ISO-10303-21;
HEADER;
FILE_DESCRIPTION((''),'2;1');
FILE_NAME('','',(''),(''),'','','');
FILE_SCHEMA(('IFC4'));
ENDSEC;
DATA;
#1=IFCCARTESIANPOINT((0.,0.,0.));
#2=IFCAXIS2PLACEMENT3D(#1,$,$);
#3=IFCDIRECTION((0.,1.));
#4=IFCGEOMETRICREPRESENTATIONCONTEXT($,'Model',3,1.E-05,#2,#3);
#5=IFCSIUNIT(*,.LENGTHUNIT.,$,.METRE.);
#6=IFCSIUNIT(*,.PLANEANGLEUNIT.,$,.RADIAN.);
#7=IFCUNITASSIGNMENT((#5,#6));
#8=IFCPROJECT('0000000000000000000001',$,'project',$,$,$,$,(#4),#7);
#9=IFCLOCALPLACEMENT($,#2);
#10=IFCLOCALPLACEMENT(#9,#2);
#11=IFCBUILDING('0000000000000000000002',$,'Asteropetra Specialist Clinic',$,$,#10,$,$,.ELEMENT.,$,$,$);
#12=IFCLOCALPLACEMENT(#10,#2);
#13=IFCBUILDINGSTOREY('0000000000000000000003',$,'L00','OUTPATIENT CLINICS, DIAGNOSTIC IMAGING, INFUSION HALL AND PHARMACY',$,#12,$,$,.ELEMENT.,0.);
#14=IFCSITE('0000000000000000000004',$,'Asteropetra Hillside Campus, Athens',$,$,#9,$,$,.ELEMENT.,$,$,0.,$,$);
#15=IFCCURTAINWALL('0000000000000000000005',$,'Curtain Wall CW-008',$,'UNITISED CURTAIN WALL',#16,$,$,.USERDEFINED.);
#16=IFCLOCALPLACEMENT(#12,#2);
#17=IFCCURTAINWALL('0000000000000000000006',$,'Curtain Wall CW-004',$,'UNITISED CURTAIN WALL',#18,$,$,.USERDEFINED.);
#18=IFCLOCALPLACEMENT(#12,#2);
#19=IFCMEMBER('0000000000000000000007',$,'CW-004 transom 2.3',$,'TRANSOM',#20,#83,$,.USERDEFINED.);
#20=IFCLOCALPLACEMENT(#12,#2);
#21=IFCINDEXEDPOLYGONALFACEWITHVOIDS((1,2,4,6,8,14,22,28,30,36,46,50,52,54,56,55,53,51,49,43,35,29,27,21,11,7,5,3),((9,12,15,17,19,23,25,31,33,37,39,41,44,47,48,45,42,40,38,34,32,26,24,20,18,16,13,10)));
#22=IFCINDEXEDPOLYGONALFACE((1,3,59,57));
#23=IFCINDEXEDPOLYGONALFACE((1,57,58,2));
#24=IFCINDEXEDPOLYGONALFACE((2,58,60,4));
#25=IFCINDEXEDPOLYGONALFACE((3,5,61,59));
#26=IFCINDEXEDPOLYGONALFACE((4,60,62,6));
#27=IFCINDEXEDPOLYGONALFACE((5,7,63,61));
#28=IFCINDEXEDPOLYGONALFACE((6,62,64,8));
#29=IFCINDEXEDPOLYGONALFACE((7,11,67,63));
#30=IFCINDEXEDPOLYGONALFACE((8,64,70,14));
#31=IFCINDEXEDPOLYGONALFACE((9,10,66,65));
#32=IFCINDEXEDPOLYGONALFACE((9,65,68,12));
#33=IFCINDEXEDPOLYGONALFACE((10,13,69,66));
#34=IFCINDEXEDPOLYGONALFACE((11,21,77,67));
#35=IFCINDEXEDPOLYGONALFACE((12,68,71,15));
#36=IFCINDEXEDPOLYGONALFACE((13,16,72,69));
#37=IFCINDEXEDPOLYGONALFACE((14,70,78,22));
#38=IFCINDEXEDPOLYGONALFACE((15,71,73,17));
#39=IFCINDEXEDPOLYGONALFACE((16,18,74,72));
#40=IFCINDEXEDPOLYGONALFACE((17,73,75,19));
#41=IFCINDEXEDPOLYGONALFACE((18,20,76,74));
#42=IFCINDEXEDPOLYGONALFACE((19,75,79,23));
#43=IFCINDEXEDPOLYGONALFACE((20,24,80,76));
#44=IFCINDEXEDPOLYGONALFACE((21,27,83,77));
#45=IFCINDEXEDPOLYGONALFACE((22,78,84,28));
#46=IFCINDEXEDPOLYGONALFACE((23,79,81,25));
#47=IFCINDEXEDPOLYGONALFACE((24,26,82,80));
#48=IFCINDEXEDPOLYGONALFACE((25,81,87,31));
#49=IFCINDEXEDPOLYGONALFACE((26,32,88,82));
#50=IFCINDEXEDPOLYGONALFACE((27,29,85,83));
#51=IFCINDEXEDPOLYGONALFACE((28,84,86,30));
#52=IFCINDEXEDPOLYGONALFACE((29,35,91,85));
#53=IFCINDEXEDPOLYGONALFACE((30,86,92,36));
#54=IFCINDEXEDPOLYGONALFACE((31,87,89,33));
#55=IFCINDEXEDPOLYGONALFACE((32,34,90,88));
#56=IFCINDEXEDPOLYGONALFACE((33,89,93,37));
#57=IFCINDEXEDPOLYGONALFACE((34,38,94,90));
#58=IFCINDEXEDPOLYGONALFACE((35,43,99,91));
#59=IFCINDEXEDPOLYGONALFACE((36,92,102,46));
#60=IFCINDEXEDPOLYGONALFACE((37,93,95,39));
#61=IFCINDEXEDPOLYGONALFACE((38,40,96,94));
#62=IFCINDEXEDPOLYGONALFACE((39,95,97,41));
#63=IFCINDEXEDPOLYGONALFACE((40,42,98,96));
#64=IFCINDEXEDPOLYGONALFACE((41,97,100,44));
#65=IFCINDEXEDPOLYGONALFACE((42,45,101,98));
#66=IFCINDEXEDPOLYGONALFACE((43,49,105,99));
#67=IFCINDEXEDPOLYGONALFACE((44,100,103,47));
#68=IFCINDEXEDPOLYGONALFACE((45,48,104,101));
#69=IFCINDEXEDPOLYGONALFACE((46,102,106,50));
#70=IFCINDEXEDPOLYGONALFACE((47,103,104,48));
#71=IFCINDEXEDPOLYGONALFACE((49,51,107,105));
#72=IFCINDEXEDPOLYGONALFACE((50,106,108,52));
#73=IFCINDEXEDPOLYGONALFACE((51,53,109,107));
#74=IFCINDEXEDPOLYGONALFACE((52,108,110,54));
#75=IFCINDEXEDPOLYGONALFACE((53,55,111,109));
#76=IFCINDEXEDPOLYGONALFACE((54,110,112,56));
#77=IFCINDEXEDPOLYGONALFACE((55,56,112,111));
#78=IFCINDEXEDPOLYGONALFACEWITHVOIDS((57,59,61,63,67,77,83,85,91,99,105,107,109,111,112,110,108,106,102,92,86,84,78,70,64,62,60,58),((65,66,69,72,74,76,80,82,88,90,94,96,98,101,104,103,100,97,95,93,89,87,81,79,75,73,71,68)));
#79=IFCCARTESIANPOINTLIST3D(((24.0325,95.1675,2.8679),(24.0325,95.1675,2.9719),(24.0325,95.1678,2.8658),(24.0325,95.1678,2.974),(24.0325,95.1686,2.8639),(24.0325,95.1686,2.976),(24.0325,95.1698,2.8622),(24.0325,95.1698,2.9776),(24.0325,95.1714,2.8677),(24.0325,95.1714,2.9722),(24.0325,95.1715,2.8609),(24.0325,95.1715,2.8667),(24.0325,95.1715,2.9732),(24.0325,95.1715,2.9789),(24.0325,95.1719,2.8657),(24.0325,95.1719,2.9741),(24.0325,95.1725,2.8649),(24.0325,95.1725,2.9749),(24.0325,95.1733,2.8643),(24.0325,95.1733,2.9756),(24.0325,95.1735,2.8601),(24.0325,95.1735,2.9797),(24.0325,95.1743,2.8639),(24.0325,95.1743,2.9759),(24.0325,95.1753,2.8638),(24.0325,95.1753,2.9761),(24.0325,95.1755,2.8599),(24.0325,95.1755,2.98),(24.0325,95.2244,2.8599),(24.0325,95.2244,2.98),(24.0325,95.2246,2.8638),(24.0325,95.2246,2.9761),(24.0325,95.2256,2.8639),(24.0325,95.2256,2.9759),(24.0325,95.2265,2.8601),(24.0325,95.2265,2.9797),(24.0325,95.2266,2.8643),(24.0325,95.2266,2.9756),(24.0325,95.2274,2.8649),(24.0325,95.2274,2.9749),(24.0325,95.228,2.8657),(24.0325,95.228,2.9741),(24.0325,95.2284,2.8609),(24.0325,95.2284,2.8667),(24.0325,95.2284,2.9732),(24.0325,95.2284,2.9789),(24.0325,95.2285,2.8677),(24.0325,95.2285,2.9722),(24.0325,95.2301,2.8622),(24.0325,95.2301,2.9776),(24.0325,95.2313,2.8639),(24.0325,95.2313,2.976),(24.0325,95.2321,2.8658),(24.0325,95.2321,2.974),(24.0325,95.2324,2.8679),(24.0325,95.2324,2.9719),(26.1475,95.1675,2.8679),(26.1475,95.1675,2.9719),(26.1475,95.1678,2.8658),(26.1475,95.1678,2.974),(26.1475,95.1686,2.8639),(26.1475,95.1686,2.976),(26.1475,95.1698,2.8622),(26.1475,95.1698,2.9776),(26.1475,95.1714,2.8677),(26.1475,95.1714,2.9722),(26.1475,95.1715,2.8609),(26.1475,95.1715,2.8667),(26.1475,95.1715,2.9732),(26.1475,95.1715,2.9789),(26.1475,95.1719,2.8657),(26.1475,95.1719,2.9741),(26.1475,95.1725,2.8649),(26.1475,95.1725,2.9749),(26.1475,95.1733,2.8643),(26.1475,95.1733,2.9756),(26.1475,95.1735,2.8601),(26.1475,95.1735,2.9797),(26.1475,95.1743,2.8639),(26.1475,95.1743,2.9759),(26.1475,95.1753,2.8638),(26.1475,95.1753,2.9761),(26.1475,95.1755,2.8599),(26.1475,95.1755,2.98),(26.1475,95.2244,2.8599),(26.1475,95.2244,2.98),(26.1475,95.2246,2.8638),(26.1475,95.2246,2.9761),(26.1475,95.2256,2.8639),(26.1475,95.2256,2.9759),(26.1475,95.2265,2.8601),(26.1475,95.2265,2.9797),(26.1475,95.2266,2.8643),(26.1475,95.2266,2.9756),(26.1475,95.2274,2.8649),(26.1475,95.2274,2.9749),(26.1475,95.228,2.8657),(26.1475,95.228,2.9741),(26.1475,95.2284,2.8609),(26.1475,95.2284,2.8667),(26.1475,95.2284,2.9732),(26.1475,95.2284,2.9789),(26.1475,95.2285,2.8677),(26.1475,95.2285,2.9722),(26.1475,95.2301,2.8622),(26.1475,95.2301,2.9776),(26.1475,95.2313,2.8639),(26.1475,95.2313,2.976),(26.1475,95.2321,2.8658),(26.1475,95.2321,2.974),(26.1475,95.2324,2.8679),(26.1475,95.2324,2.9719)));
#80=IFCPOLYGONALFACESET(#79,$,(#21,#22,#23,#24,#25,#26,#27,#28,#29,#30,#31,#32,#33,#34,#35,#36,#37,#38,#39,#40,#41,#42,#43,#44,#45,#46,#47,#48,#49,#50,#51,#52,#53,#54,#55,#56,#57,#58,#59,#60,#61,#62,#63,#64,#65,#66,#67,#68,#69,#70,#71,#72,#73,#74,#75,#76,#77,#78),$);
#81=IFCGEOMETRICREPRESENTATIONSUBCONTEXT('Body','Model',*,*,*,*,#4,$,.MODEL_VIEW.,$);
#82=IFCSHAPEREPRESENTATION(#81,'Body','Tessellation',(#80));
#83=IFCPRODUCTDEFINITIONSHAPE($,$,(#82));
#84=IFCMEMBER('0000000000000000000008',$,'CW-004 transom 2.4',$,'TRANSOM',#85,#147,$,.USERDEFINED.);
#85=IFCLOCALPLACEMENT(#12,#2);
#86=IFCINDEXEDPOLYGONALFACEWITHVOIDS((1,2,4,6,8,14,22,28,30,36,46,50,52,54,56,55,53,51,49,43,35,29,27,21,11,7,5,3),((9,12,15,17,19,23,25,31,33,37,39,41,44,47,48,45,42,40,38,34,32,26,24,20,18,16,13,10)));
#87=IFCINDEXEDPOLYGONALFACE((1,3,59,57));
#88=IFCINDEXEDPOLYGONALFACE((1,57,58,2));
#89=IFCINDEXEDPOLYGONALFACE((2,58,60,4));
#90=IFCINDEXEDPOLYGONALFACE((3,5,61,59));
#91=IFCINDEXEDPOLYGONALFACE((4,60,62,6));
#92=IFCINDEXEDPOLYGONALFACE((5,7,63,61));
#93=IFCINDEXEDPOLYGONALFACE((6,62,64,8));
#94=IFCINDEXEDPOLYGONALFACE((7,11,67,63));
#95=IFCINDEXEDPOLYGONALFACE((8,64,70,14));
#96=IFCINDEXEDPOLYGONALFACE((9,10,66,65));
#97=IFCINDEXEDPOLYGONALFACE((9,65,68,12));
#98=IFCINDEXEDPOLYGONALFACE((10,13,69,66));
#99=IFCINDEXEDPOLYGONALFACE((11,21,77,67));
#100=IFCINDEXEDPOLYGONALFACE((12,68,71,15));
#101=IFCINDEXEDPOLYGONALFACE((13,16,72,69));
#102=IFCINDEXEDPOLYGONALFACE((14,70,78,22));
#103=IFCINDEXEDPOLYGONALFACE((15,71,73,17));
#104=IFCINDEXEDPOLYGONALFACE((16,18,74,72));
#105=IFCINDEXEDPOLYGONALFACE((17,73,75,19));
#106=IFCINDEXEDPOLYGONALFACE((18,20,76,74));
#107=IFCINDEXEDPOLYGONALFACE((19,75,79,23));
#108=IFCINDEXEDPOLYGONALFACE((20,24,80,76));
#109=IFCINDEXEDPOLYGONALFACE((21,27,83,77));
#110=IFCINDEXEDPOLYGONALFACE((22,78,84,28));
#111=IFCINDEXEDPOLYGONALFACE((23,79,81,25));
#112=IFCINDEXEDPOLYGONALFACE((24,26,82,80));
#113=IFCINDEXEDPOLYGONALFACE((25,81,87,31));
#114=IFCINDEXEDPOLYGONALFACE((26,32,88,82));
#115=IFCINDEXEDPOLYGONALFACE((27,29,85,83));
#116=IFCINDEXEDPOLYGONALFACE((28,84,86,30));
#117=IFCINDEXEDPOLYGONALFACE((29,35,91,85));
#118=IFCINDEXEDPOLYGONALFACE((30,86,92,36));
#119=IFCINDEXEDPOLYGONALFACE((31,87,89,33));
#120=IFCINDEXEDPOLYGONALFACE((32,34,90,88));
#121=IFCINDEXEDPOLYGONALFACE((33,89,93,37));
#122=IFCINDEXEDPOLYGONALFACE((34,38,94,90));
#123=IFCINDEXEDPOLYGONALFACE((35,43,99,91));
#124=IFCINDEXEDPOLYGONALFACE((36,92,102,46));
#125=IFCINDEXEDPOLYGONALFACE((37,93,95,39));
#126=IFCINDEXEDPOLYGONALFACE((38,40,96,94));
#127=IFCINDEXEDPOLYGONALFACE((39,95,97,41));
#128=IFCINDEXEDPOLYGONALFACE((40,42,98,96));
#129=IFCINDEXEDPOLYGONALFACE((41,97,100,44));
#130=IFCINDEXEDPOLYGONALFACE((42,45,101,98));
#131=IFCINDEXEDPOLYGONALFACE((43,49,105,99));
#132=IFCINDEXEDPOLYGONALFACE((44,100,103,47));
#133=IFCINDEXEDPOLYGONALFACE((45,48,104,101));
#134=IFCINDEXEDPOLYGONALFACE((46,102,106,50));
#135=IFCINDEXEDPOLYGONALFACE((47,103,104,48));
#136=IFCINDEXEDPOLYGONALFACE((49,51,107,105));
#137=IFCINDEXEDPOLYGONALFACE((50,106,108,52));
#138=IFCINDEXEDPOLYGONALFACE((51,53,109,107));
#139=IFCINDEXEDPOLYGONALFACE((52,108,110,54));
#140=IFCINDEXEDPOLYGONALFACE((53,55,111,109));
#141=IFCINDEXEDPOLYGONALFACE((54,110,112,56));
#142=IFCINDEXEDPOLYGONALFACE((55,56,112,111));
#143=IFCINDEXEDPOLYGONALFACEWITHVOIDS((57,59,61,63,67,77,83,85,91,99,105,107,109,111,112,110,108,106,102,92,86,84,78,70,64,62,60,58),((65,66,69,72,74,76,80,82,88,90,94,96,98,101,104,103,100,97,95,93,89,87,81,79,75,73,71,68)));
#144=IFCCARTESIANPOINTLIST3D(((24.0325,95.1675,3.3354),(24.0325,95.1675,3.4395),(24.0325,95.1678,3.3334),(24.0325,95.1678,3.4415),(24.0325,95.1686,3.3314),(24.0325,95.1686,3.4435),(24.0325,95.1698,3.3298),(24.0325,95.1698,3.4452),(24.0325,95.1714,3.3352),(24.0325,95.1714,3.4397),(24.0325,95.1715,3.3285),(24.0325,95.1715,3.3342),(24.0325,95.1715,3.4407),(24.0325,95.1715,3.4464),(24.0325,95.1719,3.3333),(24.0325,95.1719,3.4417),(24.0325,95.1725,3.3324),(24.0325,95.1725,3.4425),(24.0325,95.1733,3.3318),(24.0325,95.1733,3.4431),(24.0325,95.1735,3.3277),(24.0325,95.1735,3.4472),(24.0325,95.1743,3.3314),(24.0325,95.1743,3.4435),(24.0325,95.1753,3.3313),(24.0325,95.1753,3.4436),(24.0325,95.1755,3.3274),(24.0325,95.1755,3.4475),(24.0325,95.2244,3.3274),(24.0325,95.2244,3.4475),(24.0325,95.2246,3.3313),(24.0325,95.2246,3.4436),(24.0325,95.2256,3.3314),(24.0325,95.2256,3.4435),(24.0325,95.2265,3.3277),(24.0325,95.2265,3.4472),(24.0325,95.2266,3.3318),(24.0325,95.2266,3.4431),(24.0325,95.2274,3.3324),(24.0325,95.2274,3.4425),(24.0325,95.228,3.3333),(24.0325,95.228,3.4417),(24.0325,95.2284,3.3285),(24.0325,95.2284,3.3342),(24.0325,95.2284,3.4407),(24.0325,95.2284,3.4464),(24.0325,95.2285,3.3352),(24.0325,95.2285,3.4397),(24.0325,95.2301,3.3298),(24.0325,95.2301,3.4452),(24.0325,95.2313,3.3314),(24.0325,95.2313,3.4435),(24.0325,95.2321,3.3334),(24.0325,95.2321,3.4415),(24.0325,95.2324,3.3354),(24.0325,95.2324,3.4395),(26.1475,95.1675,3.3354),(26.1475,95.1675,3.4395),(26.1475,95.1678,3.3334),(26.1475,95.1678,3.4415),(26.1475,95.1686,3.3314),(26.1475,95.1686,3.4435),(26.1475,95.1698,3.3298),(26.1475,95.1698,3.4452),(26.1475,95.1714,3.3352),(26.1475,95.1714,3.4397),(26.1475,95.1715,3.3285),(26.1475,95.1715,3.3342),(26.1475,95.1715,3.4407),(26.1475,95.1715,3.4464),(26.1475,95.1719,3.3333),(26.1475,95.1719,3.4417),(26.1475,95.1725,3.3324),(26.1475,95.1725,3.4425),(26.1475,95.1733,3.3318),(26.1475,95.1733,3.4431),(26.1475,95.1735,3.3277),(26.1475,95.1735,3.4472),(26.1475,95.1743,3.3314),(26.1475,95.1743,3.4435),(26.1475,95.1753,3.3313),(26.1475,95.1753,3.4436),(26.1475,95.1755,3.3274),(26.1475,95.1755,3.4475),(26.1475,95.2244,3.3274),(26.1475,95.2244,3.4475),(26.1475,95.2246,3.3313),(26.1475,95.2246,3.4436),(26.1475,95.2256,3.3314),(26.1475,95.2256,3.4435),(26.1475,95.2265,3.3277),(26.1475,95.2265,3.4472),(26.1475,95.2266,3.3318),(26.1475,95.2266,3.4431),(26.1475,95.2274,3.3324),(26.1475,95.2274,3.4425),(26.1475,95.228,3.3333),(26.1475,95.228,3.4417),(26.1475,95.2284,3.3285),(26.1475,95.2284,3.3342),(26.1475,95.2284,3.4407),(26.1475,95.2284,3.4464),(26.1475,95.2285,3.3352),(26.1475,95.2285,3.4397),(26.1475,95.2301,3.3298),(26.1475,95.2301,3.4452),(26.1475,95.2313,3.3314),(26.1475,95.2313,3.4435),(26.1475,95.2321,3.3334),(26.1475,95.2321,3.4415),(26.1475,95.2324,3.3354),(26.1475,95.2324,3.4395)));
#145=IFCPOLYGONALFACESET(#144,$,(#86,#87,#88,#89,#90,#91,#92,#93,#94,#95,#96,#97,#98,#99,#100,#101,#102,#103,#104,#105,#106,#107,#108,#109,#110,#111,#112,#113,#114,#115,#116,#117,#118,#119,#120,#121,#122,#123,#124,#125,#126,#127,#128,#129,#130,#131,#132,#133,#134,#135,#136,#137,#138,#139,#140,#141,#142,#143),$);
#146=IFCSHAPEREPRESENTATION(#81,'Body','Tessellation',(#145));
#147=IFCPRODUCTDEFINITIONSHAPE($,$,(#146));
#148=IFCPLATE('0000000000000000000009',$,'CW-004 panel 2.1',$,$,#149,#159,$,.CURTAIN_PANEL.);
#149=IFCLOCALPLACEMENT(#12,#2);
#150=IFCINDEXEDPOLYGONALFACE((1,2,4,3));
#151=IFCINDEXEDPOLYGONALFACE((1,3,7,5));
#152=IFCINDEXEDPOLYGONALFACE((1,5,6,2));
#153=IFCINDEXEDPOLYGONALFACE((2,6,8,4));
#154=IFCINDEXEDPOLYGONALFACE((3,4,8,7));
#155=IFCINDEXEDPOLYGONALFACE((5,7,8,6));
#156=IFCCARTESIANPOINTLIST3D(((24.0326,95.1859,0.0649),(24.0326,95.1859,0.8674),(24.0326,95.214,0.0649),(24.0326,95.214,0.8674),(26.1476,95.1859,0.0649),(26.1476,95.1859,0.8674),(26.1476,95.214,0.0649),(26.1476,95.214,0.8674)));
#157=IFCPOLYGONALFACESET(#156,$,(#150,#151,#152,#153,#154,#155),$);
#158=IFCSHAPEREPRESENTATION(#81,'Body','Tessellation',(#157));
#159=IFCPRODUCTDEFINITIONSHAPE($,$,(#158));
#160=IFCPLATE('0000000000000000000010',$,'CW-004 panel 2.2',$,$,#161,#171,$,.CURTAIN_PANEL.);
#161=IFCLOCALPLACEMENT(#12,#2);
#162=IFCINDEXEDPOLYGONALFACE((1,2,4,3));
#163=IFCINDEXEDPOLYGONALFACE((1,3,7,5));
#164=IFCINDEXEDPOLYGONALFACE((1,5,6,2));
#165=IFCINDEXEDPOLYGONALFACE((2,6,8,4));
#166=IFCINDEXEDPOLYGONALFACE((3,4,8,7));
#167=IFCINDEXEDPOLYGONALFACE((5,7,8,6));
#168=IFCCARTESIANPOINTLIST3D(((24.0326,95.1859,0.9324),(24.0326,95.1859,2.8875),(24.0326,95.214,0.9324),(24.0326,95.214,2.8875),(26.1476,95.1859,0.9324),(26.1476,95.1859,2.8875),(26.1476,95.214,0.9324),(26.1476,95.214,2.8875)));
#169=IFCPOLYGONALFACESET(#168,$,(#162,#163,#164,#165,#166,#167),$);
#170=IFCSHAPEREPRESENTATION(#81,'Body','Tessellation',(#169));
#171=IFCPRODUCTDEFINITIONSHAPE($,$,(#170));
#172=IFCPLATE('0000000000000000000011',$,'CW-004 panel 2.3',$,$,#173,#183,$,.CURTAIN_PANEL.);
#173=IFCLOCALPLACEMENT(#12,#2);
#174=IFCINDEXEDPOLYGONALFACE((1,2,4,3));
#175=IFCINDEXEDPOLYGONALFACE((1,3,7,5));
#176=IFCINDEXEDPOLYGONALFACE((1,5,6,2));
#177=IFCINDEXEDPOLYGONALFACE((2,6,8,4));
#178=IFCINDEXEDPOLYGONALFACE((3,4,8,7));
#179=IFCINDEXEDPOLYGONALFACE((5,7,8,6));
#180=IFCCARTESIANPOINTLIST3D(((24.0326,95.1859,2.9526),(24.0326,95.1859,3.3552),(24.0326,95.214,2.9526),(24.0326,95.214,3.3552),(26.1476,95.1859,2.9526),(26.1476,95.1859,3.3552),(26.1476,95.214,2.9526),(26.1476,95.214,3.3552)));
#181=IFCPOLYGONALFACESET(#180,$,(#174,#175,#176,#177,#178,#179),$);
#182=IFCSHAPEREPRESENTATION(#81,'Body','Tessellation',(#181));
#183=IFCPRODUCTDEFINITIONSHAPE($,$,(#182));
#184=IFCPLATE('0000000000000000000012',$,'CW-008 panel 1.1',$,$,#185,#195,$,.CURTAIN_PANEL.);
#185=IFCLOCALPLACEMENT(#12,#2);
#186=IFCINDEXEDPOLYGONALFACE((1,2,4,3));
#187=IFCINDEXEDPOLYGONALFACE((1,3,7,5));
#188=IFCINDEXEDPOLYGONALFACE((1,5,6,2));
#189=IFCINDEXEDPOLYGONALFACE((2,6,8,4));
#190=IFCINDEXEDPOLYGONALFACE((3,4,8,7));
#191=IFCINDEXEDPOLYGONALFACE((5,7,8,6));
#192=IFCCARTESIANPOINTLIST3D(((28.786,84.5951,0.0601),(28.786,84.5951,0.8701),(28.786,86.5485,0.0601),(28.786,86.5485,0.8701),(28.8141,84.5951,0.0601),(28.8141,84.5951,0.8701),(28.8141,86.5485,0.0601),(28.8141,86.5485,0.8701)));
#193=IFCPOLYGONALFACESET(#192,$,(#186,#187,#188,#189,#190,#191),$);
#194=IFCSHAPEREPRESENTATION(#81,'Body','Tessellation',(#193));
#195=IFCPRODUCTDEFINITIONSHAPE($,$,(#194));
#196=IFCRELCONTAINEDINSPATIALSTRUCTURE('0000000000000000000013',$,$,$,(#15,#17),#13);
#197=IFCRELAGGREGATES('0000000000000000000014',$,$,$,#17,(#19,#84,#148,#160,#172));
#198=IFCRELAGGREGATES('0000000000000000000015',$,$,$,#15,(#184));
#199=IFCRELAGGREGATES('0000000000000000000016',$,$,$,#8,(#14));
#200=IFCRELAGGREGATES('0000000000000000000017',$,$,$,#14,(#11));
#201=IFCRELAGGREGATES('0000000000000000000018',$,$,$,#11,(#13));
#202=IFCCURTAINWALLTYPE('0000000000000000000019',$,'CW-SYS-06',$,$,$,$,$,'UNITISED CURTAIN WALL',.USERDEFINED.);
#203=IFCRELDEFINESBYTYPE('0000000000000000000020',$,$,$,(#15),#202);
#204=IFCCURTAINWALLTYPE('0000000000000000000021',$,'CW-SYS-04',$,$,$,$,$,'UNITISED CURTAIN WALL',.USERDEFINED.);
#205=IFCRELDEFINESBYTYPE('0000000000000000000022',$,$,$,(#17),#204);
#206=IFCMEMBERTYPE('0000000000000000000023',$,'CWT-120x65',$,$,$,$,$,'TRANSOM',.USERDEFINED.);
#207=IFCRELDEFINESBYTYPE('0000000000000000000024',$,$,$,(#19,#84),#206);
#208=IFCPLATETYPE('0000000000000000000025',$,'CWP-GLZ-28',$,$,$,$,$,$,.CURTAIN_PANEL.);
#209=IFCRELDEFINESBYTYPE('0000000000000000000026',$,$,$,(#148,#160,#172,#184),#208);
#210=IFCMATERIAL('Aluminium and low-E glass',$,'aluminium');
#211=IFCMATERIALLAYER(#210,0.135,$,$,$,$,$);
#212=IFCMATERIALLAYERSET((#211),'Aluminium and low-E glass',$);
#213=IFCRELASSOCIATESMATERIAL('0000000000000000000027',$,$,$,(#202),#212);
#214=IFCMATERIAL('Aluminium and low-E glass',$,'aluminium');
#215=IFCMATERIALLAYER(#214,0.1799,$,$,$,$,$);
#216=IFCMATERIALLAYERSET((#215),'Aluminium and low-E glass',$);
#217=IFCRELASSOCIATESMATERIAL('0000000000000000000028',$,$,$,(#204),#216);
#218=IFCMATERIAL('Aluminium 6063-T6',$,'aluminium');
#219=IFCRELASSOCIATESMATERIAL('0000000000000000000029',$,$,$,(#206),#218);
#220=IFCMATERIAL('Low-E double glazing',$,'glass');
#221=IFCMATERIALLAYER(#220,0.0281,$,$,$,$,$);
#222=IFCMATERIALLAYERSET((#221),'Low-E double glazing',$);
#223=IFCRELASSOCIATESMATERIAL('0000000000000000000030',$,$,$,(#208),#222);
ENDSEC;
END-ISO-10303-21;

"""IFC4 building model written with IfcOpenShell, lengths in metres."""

from ifc_helpers import new_model, si_unit, direction, frame, origin, origin_2d, place, context, subcontext, project, spatial, rectangle, hollow_rectangle, extrude, material, layer, layer_set, material_profile, profile_set, type_object, element, aggregate, save


model = new_model("IFC4")

# Units and contexts
model_context = context("Model", 3, precision=1e-05, world=origin(), true_north=direction((0.0, 1.0)))
body_context = subcontext(model_context, "Body", "Model", "MODEL_VIEW")
ifc_project = project(units=[si_unit("LENGTHUNIT", "METRE"), si_unit("PLANEANGLEUNIT", "RADIAN")], contexts=[model_context])

# Site, building, storey
site_placement = place(None, origin())
site = spatial("IfcSite", under=ifc_project, at=site_placement, Name="Asteropetra Hillside Campus, Athens", CompositionType="ELEMENT", RefElevation=0.0)
building_placement = place(site_placement, origin())
building = spatial("IfcBuilding", under=site, at=building_placement, Name="Asteropetra Specialist Clinic", CompositionType="ELEMENT")
storey_placement = place(building_placement, origin())
storey = spatial("IfcBuildingStorey", under=building, at=storey_placement, Name="L00", Description="OUTPATIENT CLINICS, DIAGNOSTIC IMAGING, INFUSION HALL AND PHARMACY", CompositionType="ELEMENT", Elevation=0.0)

# Curtain wall
ifc_material_1 = material(Name="Aluminium and low-E glass", Category="aluminium")
ifc_layer_1 = layer(ifc_material_1, 0.135)
ifc_layer_set_1 = layer_set([ifc_layer_1], Name="Aluminium and low-E glass")
curtain_wall_type_1 = type_object("IfcCurtainWallType", Name="CW-SYS-06", ElementType="UNITISED CURTAIN WALL", PredefinedType="USERDEFINED", material=ifc_layer_set_1)
curtain_wall_1_placement = place(storey_placement, origin())
curtain_wall_1 = element("IfcCurtainWall", 1, at=curtain_wall_1_placement, inside=storey, type_object=curtain_wall_type_1, Name="Curtain Wall CW-008", ObjectType="UNITISED CURTAIN WALL", PredefinedType="USERDEFINED")

# Curtain wall
ifc_material_2 = material(Name="Aluminium and low-E glass", Category="aluminium")
ifc_layer_2 = layer(ifc_material_2, 0.1799)
ifc_layer_set_2 = layer_set([ifc_layer_2], Name="Aluminium and low-E glass")
curtain_wall_type_2 = type_object("IfcCurtainWallType", Name="CW-SYS-04", ElementType="UNITISED CURTAIN WALL", PredefinedType="USERDEFINED", material=ifc_layer_set_2)
curtain_wall_2_placement = place(storey_placement, origin())
curtain_wall_2 = element("IfcCurtainWall", 2, at=curtain_wall_2_placement, inside=storey, type_object=curtain_wall_type_2, Name="Curtain Wall CW-004", ObjectType="UNITISED CURTAIN WALL", PredefinedType="USERDEFINED")

# Members
ifc_material_3 = material(Name="Aluminium 6063-T6", Category="aluminium")
ifc_material_profile_1 = material_profile(ifc_material_3, hollow_rectangle(XDim=0.0649, YDim=0.1201, WallThickness=0.0039, InnerFilletRadius=0.0039, OuterFilletRadius=0.0081, at=origin_2d()), Name="TRN 120x65x4.0")
ifc_profile_set_1 = profile_set([ifc_material_profile_1], Name="Aluminium 6063-T6")
member_type_1 = type_object("IfcMemberType", Name="CWT-120x65", ElementType="TRANSOM", PredefinedType="USERDEFINED", material=ifc_profile_set_1)
member_1_placement = place(storey_placement, frame((26.1475, 95.2, 2.9199), z_axis=(-1.0, 0.0, 0.0), x_axis=(0.0, -1.0, 0.0)))
member_1 = element("IfcMember", 3, at=member_1_placement, type_object=member_type_1, Name="CW-004 transom 2.3", ObjectType="TRANSOM", PredefinedType="USERDEFINED", context=body_context, shape_type="SweptSolid", body=[
    extrude(hollow_rectangle(XDim=0.0649, YDim=0.1201, WallThickness=0.0039, InnerFilletRadius=0.0039, OuterFilletRadius=0.0081, at=origin_2d()), origin(), (0.0, 0.0, 1.0), 2.115),
])
member_2_placement = place(storey_placement, frame((26.1475, 95.2, 3.3875), z_axis=(-1.0, 0.0, 0.0), x_axis=(0.0, -1.0, 0.0)))
member_2 = element("IfcMember", 4, at=member_2_placement, type_object=member_type_1, Name="CW-004 transom 2.4", ObjectType="TRANSOM", PredefinedType="USERDEFINED", context=body_context, shape_type="SweptSolid", body=[
    extrude(hollow_rectangle(XDim=0.0649, YDim=0.1201, WallThickness=0.0039, InnerFilletRadius=0.0039, OuterFilletRadius=0.0081, at=origin_2d()), origin(), (0.0, 0.0, 1.0), 2.115),
])

# Plates
ifc_material_4 = material(Name="Low-E double glazing", Category="glass")
ifc_layer_3 = layer(ifc_material_4, 0.0281)
ifc_layer_set_3 = layer_set([ifc_layer_3], Name="Low-E double glazing")
plate_type = type_object("IfcPlateType", Name="CWP-GLZ-28", PredefinedType="CURTAIN_PANEL", material=ifc_layer_set_3)
plate_1_placement = place(storey_placement, frame((25.0901, 95.2, 0.0649), z_axis=(0.0, 0.0, 1.0), x_axis=(-1.0, 0.0, 0.0)))
plate_1 = element("IfcPlate", 5, at=plate_1_placement, type_object=plate_type, Name="CW-004 panel 2.1", PredefinedType="CURTAIN_PANEL", context=body_context, shape_type="SweptSolid", body=[
    extrude(rectangle(XDim=2.115, YDim=0.0281, at=origin_2d()), origin(), (0.0, 0.0, 1.0), 0.8025),
])
plate_2_placement = place(storey_placement, frame((25.0901, 95.2, 0.9324), z_axis=(0.0, 0.0, 1.0), x_axis=(-1.0, 0.0, 0.0)))
plate_2 = element("IfcPlate", 6, at=plate_2_placement, type_object=plate_type, Name="CW-004 panel 2.2", PredefinedType="CURTAIN_PANEL", context=body_context, shape_type="SweptSolid", body=[
    extrude(rectangle(XDim=2.115, YDim=0.0281, at=origin_2d()), origin(), (0.0, 0.0, 1.0), 1.9551),
])
plate_3_placement = place(storey_placement, frame((25.0901, 95.2, 2.9526), z_axis=(0.0, 0.0, 1.0), x_axis=(-1.0, 0.0, 0.0)))
plate_3 = element("IfcPlate", 7, at=plate_3_placement, type_object=plate_type, Name="CW-004 panel 2.3", PredefinedType="CURTAIN_PANEL", context=body_context, shape_type="SweptSolid", body=[
    extrude(rectangle(XDim=2.115, YDim=0.0281, at=origin_2d()), origin(), (0.0, 0.0, 1.0), 0.4026),
])
aggregate(curtain_wall_2, [member_1, member_2, plate_1, plate_2, plate_3])
plate_4_placement = place(storey_placement, frame((28.8, 85.5718, 0.0601), z_axis=(0.0, 0.0, 1.0), x_axis=(0.0, 1.0, 0.0)))
plate_4 = element("IfcPlate", 8, at=plate_4_placement, type_object=plate_type, Name="CW-008 panel 1.1", PredefinedType="CURTAIN_PANEL", context=body_context, shape_type="SweptSolid", body=[
    extrude(rectangle(XDim=1.9534, YDim=0.0281, at=origin_2d()), origin(), (0.0, 0.0, 1.0), 0.8101),
])
aggregate(curtain_wall_1, [plate_4])

save(model, "model.ifc")
